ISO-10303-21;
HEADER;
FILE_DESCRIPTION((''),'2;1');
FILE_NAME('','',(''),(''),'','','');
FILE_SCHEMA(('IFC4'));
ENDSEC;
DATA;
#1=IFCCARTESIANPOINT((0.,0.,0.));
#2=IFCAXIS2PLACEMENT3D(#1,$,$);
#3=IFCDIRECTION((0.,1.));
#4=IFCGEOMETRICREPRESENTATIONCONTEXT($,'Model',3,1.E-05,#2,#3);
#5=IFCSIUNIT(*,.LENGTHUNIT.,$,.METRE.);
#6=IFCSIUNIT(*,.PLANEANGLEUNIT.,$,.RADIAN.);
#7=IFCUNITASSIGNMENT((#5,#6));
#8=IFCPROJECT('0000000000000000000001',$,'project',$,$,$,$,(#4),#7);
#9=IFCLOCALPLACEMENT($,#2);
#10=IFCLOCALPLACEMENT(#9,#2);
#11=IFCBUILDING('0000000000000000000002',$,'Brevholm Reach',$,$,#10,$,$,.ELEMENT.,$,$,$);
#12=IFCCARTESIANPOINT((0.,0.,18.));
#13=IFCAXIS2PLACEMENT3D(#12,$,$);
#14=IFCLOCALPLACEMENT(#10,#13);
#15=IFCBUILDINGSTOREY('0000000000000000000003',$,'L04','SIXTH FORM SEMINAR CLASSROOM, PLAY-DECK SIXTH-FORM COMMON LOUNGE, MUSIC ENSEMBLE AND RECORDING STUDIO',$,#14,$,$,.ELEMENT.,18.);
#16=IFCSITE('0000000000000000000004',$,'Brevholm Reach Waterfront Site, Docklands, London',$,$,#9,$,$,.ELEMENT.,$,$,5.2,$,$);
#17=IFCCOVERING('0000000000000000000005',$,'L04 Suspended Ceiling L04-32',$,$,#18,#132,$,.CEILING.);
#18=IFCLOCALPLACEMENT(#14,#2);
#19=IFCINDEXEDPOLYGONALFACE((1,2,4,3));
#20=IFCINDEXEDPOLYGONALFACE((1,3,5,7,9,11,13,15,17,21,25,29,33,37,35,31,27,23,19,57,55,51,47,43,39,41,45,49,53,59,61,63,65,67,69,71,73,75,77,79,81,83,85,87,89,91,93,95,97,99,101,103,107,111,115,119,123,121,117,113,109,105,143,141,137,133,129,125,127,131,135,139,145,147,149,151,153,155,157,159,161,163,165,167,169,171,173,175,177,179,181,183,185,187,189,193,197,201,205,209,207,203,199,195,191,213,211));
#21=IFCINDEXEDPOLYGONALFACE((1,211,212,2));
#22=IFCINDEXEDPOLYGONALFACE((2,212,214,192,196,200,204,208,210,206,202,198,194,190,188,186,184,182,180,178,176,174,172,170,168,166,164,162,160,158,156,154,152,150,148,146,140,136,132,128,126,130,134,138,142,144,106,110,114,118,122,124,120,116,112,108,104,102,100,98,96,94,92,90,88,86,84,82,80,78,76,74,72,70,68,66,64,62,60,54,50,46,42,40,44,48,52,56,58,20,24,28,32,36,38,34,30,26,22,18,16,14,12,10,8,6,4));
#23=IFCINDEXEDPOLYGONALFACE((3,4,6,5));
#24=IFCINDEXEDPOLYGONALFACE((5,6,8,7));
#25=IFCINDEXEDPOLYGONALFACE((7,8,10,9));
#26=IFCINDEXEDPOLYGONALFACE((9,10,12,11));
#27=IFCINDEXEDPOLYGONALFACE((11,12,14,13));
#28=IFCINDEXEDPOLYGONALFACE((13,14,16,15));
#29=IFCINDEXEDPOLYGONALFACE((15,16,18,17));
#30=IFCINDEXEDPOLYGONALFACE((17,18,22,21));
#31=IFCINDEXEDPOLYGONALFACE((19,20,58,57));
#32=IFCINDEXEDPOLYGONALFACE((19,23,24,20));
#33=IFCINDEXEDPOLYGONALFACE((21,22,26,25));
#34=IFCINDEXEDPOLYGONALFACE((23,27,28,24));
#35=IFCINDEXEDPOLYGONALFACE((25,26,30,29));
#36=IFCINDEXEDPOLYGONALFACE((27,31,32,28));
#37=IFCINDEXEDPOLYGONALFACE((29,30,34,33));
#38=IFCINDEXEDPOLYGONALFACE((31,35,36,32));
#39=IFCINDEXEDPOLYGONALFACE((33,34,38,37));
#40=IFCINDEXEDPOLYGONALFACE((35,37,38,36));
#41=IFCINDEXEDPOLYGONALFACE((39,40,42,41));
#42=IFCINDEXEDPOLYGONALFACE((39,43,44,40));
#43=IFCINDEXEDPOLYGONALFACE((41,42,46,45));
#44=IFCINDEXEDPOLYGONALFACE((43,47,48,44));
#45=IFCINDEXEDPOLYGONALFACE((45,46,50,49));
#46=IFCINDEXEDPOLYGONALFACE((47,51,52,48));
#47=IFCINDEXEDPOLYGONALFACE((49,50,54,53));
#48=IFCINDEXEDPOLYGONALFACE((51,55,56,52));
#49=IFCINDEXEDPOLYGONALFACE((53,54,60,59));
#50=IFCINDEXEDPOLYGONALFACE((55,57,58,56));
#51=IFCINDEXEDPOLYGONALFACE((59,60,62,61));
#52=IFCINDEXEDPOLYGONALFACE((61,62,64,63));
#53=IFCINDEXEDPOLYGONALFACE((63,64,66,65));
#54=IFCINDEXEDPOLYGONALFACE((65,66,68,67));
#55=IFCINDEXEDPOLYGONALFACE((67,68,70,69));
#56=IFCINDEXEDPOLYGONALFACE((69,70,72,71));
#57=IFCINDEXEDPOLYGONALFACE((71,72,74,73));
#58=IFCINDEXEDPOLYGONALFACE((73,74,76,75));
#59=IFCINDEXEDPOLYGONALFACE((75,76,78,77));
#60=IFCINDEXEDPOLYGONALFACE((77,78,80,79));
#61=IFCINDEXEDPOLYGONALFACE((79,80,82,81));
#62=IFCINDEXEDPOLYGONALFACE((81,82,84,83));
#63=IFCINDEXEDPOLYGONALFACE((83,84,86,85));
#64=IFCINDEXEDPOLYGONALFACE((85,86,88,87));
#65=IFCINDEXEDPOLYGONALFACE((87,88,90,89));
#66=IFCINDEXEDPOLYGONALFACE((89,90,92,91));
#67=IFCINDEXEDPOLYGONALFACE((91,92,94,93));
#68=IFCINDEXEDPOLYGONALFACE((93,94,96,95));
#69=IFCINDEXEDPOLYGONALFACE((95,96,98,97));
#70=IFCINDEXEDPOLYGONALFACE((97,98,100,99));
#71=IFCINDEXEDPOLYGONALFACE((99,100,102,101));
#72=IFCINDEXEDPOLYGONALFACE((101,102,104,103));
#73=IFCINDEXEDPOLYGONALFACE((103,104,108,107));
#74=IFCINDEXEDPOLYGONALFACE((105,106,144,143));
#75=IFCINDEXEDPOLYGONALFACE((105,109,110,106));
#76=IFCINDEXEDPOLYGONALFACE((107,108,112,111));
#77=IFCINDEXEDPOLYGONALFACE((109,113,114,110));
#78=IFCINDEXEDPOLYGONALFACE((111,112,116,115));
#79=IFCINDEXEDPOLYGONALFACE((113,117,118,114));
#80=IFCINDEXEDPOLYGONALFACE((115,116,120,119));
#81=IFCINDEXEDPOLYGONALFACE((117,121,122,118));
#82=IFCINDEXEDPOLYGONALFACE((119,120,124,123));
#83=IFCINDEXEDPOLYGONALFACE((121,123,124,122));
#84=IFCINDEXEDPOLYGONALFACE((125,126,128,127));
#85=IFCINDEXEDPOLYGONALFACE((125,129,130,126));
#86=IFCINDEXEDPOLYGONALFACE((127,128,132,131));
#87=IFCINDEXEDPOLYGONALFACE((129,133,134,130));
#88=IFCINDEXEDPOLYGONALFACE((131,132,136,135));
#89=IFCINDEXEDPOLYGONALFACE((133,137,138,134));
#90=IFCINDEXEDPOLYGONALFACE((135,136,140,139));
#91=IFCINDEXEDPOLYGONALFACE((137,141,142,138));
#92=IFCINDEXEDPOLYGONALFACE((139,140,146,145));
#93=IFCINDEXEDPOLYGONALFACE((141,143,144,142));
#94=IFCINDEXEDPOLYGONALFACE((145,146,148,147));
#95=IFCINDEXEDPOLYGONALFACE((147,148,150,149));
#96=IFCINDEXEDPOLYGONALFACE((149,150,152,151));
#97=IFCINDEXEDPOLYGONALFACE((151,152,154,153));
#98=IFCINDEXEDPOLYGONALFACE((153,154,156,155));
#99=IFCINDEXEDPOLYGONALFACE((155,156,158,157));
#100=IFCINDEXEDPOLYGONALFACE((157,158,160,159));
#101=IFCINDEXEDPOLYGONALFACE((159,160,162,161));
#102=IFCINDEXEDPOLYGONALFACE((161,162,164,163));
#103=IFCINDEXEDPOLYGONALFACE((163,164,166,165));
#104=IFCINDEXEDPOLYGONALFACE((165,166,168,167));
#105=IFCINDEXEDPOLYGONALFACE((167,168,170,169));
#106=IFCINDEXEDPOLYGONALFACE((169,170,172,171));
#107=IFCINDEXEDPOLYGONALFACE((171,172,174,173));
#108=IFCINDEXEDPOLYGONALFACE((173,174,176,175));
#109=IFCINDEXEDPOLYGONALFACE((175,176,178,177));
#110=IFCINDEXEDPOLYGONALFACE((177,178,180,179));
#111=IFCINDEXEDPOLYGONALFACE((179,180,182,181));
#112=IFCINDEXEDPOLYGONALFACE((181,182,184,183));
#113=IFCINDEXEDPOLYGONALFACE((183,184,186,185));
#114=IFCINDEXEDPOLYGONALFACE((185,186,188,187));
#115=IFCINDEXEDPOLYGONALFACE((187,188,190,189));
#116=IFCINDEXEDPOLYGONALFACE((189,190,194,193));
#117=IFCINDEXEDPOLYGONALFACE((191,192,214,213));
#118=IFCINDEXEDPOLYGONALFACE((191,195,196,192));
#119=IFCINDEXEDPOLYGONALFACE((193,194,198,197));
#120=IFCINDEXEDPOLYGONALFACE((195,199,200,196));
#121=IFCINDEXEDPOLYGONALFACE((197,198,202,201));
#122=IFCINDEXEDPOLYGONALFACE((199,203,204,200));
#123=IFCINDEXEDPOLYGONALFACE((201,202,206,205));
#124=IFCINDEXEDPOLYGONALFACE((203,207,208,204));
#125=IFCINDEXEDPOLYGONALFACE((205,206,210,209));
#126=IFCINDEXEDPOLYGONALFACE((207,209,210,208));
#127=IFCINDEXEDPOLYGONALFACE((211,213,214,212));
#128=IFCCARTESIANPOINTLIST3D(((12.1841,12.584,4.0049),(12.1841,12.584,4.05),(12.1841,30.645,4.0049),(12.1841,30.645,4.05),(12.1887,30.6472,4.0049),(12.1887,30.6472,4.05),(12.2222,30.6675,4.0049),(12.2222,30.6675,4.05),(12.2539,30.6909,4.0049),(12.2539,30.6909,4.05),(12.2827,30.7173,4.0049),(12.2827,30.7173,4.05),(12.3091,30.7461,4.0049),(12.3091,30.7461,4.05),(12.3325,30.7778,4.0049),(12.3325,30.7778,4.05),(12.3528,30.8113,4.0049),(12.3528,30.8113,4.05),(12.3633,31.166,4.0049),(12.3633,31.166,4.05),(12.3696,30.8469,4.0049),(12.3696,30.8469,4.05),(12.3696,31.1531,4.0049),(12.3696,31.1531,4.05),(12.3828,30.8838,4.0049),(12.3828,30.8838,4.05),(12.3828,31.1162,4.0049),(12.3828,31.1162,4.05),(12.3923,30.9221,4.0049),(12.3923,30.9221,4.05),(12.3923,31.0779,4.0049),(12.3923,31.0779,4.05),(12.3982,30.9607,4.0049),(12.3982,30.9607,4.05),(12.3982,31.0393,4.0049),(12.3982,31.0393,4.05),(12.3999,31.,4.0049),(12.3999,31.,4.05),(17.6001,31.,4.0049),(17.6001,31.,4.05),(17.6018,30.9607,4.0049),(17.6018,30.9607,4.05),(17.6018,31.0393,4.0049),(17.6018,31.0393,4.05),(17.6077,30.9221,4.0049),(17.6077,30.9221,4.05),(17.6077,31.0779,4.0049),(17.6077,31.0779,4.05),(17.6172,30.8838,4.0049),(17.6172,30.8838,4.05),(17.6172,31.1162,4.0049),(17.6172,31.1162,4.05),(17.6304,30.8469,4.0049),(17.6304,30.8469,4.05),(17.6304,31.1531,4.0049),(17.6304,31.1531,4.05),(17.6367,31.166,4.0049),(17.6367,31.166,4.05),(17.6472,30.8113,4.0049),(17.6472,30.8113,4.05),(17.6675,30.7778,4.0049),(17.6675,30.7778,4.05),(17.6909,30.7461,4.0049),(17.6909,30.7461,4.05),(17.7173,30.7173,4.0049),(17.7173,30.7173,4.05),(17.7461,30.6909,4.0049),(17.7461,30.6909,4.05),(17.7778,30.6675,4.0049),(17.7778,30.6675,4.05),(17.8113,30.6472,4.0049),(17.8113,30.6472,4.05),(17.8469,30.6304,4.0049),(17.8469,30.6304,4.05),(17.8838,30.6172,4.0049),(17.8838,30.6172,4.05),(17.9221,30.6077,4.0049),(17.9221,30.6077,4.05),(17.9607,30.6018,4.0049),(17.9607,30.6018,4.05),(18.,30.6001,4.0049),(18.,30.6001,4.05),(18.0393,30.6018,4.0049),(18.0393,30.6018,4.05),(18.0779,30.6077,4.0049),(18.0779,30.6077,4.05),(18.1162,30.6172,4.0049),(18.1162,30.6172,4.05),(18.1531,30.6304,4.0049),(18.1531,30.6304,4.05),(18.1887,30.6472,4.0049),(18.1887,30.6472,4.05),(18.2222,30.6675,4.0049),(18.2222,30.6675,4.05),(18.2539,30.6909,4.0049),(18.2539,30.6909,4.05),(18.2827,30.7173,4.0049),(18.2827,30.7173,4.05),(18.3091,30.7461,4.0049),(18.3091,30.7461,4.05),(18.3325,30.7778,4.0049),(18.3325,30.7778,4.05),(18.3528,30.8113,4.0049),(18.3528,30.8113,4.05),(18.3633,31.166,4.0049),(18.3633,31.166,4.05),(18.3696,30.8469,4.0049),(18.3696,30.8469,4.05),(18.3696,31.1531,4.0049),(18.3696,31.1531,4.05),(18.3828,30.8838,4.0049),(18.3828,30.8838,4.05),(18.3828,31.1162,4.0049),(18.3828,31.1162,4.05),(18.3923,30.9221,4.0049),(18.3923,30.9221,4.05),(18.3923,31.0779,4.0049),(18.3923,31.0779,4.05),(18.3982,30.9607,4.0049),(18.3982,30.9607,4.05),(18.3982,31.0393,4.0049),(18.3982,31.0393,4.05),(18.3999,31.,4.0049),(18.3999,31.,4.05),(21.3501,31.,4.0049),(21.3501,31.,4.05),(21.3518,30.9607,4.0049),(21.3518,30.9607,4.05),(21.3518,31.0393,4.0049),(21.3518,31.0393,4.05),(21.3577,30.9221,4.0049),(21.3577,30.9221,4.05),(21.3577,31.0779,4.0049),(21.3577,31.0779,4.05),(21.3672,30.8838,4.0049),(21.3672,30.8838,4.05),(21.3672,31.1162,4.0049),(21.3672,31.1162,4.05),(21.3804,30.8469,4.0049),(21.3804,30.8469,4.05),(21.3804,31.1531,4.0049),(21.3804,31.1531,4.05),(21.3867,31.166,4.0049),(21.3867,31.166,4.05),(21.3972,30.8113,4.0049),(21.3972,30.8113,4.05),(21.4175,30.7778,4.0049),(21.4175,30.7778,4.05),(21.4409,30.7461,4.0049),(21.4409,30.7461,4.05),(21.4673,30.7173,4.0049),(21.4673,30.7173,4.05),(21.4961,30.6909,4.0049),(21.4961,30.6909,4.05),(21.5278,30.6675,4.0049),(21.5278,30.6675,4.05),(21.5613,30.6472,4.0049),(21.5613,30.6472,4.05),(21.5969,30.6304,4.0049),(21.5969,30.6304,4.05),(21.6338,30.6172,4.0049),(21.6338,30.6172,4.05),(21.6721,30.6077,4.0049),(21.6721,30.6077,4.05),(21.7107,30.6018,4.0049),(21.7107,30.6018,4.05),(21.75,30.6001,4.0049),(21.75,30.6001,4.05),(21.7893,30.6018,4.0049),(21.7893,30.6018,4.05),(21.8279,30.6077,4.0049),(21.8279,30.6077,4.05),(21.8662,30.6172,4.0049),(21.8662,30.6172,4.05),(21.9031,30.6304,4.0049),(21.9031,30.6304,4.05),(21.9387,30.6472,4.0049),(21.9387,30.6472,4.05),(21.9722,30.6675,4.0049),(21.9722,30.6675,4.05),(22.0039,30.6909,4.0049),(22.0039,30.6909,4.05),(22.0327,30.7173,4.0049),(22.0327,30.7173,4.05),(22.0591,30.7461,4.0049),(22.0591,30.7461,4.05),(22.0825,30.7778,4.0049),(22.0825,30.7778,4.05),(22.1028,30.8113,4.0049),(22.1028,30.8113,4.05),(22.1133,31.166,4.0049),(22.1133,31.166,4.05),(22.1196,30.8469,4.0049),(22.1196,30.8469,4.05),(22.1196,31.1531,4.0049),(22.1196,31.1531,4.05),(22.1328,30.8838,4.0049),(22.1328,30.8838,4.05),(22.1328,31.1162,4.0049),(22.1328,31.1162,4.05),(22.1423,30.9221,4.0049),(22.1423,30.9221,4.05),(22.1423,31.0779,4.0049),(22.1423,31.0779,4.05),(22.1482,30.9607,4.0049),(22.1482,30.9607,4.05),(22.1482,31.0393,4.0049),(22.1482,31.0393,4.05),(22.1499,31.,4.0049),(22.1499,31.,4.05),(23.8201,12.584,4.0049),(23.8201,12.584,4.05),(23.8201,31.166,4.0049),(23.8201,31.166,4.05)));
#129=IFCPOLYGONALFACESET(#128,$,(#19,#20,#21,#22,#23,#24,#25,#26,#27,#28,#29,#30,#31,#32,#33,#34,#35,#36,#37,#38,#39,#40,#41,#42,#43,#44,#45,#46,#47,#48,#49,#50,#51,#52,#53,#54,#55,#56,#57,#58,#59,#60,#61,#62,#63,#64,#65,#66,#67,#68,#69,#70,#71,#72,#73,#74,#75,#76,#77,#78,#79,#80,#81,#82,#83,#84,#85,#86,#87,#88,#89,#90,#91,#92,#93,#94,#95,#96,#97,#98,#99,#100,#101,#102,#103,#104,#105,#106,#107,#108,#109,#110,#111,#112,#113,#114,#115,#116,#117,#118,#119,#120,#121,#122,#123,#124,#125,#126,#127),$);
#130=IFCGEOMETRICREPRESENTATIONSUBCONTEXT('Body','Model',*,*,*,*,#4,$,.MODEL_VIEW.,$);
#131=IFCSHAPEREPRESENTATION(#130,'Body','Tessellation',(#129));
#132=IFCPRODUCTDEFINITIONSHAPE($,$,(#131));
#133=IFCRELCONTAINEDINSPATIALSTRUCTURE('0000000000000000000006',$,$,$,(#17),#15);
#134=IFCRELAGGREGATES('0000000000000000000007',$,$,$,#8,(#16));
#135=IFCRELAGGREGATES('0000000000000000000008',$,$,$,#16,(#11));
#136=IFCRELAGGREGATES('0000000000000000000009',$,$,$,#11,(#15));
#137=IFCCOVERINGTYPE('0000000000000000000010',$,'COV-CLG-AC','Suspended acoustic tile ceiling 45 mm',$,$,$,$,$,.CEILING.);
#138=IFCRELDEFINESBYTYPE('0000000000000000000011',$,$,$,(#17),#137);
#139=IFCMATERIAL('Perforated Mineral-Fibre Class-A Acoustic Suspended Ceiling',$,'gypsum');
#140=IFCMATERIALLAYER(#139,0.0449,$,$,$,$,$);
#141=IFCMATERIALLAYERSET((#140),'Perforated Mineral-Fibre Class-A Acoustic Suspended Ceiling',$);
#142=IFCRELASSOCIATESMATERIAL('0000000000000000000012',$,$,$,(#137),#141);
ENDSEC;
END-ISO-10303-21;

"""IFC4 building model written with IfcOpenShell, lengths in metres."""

from ifc_helpers import new_model, si_unit, direction, frame, origin, place, context, subcontext, project, spatial, polyline, outline, extrude, material, layer, layer_set, type_object, element, save


model = new_model("IFC4")

# Units and contexts
model_context = context("Model", 3, precision=1e-05, world=origin(), true_north=direction((0.0, 1.0)))
body_context = subcontext(model_context, "Body", "Model", "MODEL_VIEW")
ifc_project = project(units=[si_unit("LENGTHUNIT", "METRE"), si_unit("PLANEANGLEUNIT", "RADIAN")], contexts=[model_context])

# Site, building, storey
site_placement = place(None, origin())
site = spatial("IfcSite", under=ifc_project, at=site_placement, Name="Brevholm Reach Waterfront Site, Docklands, London", CompositionType="ELEMENT", RefElevation=5.2)
building_placement = place(site_placement, origin())
building = spatial("IfcBuilding", under=site, at=building_placement, Name="Brevholm Reach", CompositionType="ELEMENT")
storey_placement = place(building_placement, frame((0.0, 0.0, 18.0)))
storey = spatial("IfcBuildingStorey", under=building, at=storey_placement, Name="L04", Description="SIXTH FORM SEMINAR CLASSROOM, PLAY-DECK SIXTH-FORM COMMON LOUNGE, MUSIC ENSEMBLE AND RECORDING STUDIO", CompositionType="ELEMENT", Elevation=18.0)

# Covering
ifc_material_1 = material(Name="Perforated Mineral-Fibre Class-A Acoustic Suspended Ceiling", Category="gypsum")
ifc_layer_1 = layer(ifc_material_1, 0.0449)
ifc_layer_set_1 = layer_set([ifc_layer_1], Name="Perforated Mineral-Fibre Class-A Acoustic Suspended Ceiling")
covering_type_1 = type_object("IfcCoveringType", Name="COV-CLG-AC", Description="Suspended acoustic tile ceiling 45 mm", PredefinedType="CEILING", material=ifc_layer_set_1)
covering_1_placement = place(storey_placement, frame((0.0, 0.0, 4.0049)))
element("IfcCovering", 1, at=covering_1_placement, inside=storey, type_object=covering_type_1, Name="L04 Suspended Ceiling L04-32", PredefinedType="CEILING", context=body_context, shape_type="SweptSolid", body=[
    extrude(outline(polyline([(23.8201, 12.584), (12.1841, 12.584), (12.1841, 30.645), (12.1887, 30.6472), (12.2222, 30.6675), (12.2539, 30.6909), (12.2827, 30.7173), (12.3091, 30.7461), (12.3325, 30.7778), (12.3528, 30.8113), (12.3696, 30.8469), (12.3828, 30.8838), (12.3923, 30.9221), (12.3982, 30.9607), (12.3999, 31.0), (12.3982, 31.0393), (12.3923, 31.0779), (12.3828, 31.1162), (12.3696, 31.1531), (12.3633, 31.166), (17.6367, 31.166), (17.6304, 31.1531), (17.6172, 31.1162), (17.6077, 31.0779), (17.6018, 31.0393), (17.6001, 31.0), (17.6018, 30.9607), (17.6077, 30.9221), (17.6172, 30.8838), (17.6304, 30.8469), (17.6472, 30.8113), (17.6675, 30.7778), (17.6909, 30.7461), (17.7173, 30.7173), (17.7461, 30.6909), (17.7778, 30.6675), (17.8113, 30.6472), (17.8469, 30.6304), (17.8838, 30.6172), (17.9221, 30.6077), (17.9607, 30.6018), (18.0, 30.6001), (18.0393, 30.6018), (18.0779, 30.6077), (18.1162, 30.6172), (18.1531, 30.6304), (18.1887, 30.6472), (18.2222, 30.6675), (18.2539, 30.6909), (18.2827, 30.7173), (18.3091, 30.7461), (18.3325, 30.7778), (18.3528, 30.8113), (18.3696, 30.8469), (18.3828, 30.8838), (18.3923, 30.9221), (18.3982, 30.9607), (18.3999, 31.0), (18.3982, 31.0393), (18.3923, 31.0779), (18.3828, 31.1162), (18.3696, 31.1531), (18.3633, 31.166), (21.3867, 31.166), (21.3804, 31.1531), (21.3672, 31.1162), (21.3577, 31.0779), (21.3518, 31.0393), (21.3501, 31.0), (21.3518, 30.9607), (21.3577, 30.9221), (21.3672, 30.8838), (21.3804, 30.8469), (21.3972, 30.8113), (21.4175, 30.7778), (21.4409, 30.7461), (21.4673, 30.7173), (21.4961, 30.6909), (21.5278, 30.6675), (21.5613, 30.6472), (21.5969, 30.6304), (21.6338, 30.6172), (21.6721, 30.6077), (21.7107, 30.6018), (21.75, 30.6001), (21.7893, 30.6018), (21.8279, 30.6077), (21.8662, 30.6172), (21.9031, 30.6304), (21.9387, 30.6472), (21.9722, 30.6675), (22.0039, 30.6909), (22.0327, 30.7173), (22.0591, 30.7461), (22.0825, 30.7778), (22.1028, 30.8113), (22.1196, 30.8469), (22.1328, 30.8838), (22.1423, 30.9221), (22.1482, 30.9607), (22.1499, 31.0), (22.1482, 31.0393), (22.1423, 31.0779), (22.1328, 31.1162), (22.1196, 31.1531), (22.1133, 31.166), (23.8201, 31.166), (23.8201, 12.584)])), origin(), (0.0, 0.0, 1.0), 0.0452),
])

save(model, "model.ifc")
